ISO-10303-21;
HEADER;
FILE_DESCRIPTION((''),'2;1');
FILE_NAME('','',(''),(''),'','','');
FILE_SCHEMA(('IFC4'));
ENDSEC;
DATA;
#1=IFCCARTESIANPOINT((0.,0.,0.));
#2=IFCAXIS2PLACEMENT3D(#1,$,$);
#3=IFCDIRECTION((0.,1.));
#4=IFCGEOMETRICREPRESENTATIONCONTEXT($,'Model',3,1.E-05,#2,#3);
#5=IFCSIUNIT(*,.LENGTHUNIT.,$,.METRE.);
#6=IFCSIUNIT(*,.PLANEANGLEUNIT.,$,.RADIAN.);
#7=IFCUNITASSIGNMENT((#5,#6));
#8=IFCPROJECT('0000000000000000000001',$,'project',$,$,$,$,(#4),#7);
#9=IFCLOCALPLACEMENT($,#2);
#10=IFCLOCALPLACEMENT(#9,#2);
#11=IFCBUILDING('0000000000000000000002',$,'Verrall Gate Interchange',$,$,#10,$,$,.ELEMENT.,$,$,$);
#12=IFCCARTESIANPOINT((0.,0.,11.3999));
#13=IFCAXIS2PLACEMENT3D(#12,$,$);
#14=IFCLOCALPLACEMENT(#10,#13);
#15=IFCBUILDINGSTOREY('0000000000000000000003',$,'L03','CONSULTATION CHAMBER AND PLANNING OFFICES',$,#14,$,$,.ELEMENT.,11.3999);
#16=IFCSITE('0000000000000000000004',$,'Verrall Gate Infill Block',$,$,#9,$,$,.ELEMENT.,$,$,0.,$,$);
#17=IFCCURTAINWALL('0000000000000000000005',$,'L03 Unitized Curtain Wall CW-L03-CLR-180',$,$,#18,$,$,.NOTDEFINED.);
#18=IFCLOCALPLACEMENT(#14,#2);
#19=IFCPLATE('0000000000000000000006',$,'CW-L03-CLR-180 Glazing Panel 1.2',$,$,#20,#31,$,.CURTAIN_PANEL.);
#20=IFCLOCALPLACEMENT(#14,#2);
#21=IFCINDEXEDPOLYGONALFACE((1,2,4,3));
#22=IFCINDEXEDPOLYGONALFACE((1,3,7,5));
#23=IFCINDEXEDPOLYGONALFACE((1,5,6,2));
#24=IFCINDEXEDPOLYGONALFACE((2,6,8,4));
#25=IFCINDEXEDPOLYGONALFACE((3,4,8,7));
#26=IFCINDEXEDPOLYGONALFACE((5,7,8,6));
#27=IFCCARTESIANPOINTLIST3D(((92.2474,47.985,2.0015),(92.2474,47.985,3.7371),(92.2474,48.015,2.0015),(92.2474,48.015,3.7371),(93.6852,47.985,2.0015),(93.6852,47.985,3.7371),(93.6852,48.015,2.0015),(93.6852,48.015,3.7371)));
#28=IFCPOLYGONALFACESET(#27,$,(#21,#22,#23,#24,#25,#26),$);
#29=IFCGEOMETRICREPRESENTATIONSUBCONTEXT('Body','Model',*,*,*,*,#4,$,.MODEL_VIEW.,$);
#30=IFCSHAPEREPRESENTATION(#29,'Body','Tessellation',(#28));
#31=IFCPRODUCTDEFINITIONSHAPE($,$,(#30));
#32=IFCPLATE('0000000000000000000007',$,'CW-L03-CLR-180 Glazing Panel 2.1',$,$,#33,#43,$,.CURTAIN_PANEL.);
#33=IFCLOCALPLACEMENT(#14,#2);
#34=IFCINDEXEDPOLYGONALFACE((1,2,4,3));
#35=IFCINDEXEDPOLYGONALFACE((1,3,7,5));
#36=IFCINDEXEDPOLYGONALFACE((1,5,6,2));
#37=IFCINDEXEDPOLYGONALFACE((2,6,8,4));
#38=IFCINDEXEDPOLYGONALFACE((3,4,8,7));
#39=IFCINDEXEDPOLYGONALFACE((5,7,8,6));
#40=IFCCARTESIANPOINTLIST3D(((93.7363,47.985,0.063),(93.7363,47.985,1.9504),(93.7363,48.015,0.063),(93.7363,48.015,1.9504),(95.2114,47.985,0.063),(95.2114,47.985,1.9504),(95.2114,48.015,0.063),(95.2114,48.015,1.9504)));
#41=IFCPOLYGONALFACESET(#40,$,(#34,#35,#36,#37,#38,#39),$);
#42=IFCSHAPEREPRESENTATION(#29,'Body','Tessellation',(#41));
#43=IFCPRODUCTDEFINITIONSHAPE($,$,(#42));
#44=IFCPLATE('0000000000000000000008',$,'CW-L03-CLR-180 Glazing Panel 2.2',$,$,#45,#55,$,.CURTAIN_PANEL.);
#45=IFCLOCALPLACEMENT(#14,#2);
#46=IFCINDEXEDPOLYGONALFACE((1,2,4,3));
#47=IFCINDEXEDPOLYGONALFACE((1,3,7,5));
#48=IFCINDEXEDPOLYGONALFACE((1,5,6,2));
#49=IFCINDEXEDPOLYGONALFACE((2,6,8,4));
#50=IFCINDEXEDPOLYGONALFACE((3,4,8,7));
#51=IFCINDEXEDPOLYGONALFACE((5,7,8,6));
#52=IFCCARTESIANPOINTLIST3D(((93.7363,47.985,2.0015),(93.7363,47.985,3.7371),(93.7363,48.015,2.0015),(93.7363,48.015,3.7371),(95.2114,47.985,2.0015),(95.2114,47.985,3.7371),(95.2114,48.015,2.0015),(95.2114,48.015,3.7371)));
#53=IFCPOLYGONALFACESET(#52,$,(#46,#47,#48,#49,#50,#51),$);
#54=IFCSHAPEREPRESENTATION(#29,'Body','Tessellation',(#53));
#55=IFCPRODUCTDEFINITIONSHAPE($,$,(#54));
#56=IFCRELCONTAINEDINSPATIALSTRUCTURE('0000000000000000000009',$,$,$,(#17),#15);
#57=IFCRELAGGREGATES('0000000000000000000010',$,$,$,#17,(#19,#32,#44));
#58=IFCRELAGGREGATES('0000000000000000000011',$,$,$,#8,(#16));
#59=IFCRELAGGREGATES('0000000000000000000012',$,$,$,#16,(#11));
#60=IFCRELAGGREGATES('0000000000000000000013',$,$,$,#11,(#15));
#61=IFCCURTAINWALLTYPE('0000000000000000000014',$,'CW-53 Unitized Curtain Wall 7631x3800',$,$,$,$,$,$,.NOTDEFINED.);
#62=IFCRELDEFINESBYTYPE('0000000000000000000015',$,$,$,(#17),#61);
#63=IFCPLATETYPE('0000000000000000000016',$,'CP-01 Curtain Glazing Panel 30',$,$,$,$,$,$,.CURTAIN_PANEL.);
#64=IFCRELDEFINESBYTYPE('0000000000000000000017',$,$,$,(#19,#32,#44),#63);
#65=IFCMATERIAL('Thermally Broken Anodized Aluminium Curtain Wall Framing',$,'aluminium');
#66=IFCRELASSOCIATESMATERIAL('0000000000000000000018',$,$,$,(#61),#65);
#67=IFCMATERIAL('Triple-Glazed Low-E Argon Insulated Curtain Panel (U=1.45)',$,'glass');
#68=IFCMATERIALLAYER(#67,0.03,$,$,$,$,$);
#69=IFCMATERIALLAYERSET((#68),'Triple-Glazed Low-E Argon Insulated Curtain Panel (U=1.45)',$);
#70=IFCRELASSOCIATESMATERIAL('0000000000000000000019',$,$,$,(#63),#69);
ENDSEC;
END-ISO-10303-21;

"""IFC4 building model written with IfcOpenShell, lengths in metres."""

from ifc_helpers import new_model, si_unit, direction, frame, origin, origin_2d, place, context, subcontext, project, spatial, rectangle, extrude, material, layer, layer_set, type_object, element, aggregate, save


model = new_model("IFC4")

# Units and contexts
model_context = context("Model", 3, precision=1e-05, world=origin(), true_north=direction((0.0, 1.0)))
body_context = subcontext(model_context, "Body", "Model", "MODEL_VIEW")
ifc_project = project(units=[si_unit("LENGTHUNIT", "METRE"), si_unit("PLANEANGLEUNIT", "RADIAN")], contexts=[model_context])

# Site, building, storey
site_placement = place(None, origin())
site = spatial("IfcSite", under=ifc_project, at=site_placement, Name="Verrall Gate Infill Block", CompositionType="ELEMENT", RefElevation=0.0)
building_placement = place(site_placement, origin())
building = spatial("IfcBuilding", under=site, at=building_placement, Name="Verrall Gate Interchange", CompositionType="ELEMENT")
storey_placement = place(building_placement, frame((0.0, 0.0, 11.3999)))
storey = spatial("IfcBuildingStorey", under=building, at=storey_placement, Name="L03", Description="CONSULTATION CHAMBER AND PLANNING OFFICES", CompositionType="ELEMENT", Elevation=11.3999)

# Curtain wall
ifc_material_1 = material(Name="Thermally Broken Anodized Aluminium Curtain Wall Framing", Category="aluminium")
curtain_wall_type = type_object("IfcCurtainWallType", Name="CW-53 Unitized Curtain Wall 7631x3800", PredefinedType="NOTDEFINED", material=ifc_material_1)
curtain_wall_1_placement = place(storey_placement, origin())
curtain_wall_1 = element("IfcCurtainWall", 1, at=curtain_wall_1_placement, inside=storey, type_object=curtain_wall_type, Name="L03 Unitized Curtain Wall CW-L03-CLR-180", PredefinedType="NOTDEFINED")

# Plates
ifc_material_2 = material(Name="Triple-Glazed Low-E Argon Insulated Curtain Panel (U=1.45)", Category="glass")
ifc_layer_1 = layer(ifc_material_2, 0.03)
ifc_layer_set_1 = layer_set([ifc_layer_1], Name="Triple-Glazed Low-E Argon Insulated Curtain Panel (U=1.45)")
plate_type_1 = type_object("IfcPlateType", Name="CP-01 Curtain Glazing Panel 30", PredefinedType="CURTAIN_PANEL", material=ifc_layer_set_1)
plate_1_placement = place(storey_placement, frame((92.9663, 48.0, 2.0015), z_axis=(0.0, 0.0, 1.0), x_axis=(1.0, 0.0, 0.0)))
plate_1 = element("IfcPlate", 2, at=plate_1_placement, type_object=plate_type_1, Name="CW-L03-CLR-180 Glazing Panel 1.2", PredefinedType="CURTAIN_PANEL", context=body_context, shape_type="SweptSolid", body=[
    extrude(rectangle(XDim=1.4377, YDim=0.03, at=origin_2d()), origin(), (0.0, 0.0, 1.0), 1.7356),
])
plate_2_placement = place(storey_placement, frame((94.4739, 48.0, 0.063), z_axis=(0.0, 0.0, 1.0), x_axis=(1.0, 0.0, 0.0)))
plate_2 = element("IfcPlate", 3, at=plate_2_placement, type_object=plate_type_1, Name="CW-L03-CLR-180 Glazing Panel 2.1", PredefinedType="CURTAIN_PANEL", context=body_context, shape_type="SweptSolid", body=[
    extrude(rectangle(XDim=1.4751, YDim=0.03, at=origin_2d()), origin(), (0.0, 0.0, 1.0), 1.8875),
])
plate_3_placement = place(storey_placement, frame((94.4739, 48.0, 2.0015), z_axis=(0.0, 0.0, 1.0), x_axis=(1.0, 0.0, 0.0)))
plate_3 = element("IfcPlate", 4, at=plate_3_placement, type_object=plate_type_1, Name="CW-L03-CLR-180 Glazing Panel 2.2", PredefinedType="CURTAIN_PANEL", context=body_context, shape_type="SweptSolid", body=[
    extrude(rectangle(XDim=1.4751, YDim=0.03, at=origin_2d()), origin(), (0.0, 0.0, 1.0), 1.7356),
])
aggregate(curtain_wall_1, [plate_1, plate_2, plate_3])

save(model, "model.ifc")
